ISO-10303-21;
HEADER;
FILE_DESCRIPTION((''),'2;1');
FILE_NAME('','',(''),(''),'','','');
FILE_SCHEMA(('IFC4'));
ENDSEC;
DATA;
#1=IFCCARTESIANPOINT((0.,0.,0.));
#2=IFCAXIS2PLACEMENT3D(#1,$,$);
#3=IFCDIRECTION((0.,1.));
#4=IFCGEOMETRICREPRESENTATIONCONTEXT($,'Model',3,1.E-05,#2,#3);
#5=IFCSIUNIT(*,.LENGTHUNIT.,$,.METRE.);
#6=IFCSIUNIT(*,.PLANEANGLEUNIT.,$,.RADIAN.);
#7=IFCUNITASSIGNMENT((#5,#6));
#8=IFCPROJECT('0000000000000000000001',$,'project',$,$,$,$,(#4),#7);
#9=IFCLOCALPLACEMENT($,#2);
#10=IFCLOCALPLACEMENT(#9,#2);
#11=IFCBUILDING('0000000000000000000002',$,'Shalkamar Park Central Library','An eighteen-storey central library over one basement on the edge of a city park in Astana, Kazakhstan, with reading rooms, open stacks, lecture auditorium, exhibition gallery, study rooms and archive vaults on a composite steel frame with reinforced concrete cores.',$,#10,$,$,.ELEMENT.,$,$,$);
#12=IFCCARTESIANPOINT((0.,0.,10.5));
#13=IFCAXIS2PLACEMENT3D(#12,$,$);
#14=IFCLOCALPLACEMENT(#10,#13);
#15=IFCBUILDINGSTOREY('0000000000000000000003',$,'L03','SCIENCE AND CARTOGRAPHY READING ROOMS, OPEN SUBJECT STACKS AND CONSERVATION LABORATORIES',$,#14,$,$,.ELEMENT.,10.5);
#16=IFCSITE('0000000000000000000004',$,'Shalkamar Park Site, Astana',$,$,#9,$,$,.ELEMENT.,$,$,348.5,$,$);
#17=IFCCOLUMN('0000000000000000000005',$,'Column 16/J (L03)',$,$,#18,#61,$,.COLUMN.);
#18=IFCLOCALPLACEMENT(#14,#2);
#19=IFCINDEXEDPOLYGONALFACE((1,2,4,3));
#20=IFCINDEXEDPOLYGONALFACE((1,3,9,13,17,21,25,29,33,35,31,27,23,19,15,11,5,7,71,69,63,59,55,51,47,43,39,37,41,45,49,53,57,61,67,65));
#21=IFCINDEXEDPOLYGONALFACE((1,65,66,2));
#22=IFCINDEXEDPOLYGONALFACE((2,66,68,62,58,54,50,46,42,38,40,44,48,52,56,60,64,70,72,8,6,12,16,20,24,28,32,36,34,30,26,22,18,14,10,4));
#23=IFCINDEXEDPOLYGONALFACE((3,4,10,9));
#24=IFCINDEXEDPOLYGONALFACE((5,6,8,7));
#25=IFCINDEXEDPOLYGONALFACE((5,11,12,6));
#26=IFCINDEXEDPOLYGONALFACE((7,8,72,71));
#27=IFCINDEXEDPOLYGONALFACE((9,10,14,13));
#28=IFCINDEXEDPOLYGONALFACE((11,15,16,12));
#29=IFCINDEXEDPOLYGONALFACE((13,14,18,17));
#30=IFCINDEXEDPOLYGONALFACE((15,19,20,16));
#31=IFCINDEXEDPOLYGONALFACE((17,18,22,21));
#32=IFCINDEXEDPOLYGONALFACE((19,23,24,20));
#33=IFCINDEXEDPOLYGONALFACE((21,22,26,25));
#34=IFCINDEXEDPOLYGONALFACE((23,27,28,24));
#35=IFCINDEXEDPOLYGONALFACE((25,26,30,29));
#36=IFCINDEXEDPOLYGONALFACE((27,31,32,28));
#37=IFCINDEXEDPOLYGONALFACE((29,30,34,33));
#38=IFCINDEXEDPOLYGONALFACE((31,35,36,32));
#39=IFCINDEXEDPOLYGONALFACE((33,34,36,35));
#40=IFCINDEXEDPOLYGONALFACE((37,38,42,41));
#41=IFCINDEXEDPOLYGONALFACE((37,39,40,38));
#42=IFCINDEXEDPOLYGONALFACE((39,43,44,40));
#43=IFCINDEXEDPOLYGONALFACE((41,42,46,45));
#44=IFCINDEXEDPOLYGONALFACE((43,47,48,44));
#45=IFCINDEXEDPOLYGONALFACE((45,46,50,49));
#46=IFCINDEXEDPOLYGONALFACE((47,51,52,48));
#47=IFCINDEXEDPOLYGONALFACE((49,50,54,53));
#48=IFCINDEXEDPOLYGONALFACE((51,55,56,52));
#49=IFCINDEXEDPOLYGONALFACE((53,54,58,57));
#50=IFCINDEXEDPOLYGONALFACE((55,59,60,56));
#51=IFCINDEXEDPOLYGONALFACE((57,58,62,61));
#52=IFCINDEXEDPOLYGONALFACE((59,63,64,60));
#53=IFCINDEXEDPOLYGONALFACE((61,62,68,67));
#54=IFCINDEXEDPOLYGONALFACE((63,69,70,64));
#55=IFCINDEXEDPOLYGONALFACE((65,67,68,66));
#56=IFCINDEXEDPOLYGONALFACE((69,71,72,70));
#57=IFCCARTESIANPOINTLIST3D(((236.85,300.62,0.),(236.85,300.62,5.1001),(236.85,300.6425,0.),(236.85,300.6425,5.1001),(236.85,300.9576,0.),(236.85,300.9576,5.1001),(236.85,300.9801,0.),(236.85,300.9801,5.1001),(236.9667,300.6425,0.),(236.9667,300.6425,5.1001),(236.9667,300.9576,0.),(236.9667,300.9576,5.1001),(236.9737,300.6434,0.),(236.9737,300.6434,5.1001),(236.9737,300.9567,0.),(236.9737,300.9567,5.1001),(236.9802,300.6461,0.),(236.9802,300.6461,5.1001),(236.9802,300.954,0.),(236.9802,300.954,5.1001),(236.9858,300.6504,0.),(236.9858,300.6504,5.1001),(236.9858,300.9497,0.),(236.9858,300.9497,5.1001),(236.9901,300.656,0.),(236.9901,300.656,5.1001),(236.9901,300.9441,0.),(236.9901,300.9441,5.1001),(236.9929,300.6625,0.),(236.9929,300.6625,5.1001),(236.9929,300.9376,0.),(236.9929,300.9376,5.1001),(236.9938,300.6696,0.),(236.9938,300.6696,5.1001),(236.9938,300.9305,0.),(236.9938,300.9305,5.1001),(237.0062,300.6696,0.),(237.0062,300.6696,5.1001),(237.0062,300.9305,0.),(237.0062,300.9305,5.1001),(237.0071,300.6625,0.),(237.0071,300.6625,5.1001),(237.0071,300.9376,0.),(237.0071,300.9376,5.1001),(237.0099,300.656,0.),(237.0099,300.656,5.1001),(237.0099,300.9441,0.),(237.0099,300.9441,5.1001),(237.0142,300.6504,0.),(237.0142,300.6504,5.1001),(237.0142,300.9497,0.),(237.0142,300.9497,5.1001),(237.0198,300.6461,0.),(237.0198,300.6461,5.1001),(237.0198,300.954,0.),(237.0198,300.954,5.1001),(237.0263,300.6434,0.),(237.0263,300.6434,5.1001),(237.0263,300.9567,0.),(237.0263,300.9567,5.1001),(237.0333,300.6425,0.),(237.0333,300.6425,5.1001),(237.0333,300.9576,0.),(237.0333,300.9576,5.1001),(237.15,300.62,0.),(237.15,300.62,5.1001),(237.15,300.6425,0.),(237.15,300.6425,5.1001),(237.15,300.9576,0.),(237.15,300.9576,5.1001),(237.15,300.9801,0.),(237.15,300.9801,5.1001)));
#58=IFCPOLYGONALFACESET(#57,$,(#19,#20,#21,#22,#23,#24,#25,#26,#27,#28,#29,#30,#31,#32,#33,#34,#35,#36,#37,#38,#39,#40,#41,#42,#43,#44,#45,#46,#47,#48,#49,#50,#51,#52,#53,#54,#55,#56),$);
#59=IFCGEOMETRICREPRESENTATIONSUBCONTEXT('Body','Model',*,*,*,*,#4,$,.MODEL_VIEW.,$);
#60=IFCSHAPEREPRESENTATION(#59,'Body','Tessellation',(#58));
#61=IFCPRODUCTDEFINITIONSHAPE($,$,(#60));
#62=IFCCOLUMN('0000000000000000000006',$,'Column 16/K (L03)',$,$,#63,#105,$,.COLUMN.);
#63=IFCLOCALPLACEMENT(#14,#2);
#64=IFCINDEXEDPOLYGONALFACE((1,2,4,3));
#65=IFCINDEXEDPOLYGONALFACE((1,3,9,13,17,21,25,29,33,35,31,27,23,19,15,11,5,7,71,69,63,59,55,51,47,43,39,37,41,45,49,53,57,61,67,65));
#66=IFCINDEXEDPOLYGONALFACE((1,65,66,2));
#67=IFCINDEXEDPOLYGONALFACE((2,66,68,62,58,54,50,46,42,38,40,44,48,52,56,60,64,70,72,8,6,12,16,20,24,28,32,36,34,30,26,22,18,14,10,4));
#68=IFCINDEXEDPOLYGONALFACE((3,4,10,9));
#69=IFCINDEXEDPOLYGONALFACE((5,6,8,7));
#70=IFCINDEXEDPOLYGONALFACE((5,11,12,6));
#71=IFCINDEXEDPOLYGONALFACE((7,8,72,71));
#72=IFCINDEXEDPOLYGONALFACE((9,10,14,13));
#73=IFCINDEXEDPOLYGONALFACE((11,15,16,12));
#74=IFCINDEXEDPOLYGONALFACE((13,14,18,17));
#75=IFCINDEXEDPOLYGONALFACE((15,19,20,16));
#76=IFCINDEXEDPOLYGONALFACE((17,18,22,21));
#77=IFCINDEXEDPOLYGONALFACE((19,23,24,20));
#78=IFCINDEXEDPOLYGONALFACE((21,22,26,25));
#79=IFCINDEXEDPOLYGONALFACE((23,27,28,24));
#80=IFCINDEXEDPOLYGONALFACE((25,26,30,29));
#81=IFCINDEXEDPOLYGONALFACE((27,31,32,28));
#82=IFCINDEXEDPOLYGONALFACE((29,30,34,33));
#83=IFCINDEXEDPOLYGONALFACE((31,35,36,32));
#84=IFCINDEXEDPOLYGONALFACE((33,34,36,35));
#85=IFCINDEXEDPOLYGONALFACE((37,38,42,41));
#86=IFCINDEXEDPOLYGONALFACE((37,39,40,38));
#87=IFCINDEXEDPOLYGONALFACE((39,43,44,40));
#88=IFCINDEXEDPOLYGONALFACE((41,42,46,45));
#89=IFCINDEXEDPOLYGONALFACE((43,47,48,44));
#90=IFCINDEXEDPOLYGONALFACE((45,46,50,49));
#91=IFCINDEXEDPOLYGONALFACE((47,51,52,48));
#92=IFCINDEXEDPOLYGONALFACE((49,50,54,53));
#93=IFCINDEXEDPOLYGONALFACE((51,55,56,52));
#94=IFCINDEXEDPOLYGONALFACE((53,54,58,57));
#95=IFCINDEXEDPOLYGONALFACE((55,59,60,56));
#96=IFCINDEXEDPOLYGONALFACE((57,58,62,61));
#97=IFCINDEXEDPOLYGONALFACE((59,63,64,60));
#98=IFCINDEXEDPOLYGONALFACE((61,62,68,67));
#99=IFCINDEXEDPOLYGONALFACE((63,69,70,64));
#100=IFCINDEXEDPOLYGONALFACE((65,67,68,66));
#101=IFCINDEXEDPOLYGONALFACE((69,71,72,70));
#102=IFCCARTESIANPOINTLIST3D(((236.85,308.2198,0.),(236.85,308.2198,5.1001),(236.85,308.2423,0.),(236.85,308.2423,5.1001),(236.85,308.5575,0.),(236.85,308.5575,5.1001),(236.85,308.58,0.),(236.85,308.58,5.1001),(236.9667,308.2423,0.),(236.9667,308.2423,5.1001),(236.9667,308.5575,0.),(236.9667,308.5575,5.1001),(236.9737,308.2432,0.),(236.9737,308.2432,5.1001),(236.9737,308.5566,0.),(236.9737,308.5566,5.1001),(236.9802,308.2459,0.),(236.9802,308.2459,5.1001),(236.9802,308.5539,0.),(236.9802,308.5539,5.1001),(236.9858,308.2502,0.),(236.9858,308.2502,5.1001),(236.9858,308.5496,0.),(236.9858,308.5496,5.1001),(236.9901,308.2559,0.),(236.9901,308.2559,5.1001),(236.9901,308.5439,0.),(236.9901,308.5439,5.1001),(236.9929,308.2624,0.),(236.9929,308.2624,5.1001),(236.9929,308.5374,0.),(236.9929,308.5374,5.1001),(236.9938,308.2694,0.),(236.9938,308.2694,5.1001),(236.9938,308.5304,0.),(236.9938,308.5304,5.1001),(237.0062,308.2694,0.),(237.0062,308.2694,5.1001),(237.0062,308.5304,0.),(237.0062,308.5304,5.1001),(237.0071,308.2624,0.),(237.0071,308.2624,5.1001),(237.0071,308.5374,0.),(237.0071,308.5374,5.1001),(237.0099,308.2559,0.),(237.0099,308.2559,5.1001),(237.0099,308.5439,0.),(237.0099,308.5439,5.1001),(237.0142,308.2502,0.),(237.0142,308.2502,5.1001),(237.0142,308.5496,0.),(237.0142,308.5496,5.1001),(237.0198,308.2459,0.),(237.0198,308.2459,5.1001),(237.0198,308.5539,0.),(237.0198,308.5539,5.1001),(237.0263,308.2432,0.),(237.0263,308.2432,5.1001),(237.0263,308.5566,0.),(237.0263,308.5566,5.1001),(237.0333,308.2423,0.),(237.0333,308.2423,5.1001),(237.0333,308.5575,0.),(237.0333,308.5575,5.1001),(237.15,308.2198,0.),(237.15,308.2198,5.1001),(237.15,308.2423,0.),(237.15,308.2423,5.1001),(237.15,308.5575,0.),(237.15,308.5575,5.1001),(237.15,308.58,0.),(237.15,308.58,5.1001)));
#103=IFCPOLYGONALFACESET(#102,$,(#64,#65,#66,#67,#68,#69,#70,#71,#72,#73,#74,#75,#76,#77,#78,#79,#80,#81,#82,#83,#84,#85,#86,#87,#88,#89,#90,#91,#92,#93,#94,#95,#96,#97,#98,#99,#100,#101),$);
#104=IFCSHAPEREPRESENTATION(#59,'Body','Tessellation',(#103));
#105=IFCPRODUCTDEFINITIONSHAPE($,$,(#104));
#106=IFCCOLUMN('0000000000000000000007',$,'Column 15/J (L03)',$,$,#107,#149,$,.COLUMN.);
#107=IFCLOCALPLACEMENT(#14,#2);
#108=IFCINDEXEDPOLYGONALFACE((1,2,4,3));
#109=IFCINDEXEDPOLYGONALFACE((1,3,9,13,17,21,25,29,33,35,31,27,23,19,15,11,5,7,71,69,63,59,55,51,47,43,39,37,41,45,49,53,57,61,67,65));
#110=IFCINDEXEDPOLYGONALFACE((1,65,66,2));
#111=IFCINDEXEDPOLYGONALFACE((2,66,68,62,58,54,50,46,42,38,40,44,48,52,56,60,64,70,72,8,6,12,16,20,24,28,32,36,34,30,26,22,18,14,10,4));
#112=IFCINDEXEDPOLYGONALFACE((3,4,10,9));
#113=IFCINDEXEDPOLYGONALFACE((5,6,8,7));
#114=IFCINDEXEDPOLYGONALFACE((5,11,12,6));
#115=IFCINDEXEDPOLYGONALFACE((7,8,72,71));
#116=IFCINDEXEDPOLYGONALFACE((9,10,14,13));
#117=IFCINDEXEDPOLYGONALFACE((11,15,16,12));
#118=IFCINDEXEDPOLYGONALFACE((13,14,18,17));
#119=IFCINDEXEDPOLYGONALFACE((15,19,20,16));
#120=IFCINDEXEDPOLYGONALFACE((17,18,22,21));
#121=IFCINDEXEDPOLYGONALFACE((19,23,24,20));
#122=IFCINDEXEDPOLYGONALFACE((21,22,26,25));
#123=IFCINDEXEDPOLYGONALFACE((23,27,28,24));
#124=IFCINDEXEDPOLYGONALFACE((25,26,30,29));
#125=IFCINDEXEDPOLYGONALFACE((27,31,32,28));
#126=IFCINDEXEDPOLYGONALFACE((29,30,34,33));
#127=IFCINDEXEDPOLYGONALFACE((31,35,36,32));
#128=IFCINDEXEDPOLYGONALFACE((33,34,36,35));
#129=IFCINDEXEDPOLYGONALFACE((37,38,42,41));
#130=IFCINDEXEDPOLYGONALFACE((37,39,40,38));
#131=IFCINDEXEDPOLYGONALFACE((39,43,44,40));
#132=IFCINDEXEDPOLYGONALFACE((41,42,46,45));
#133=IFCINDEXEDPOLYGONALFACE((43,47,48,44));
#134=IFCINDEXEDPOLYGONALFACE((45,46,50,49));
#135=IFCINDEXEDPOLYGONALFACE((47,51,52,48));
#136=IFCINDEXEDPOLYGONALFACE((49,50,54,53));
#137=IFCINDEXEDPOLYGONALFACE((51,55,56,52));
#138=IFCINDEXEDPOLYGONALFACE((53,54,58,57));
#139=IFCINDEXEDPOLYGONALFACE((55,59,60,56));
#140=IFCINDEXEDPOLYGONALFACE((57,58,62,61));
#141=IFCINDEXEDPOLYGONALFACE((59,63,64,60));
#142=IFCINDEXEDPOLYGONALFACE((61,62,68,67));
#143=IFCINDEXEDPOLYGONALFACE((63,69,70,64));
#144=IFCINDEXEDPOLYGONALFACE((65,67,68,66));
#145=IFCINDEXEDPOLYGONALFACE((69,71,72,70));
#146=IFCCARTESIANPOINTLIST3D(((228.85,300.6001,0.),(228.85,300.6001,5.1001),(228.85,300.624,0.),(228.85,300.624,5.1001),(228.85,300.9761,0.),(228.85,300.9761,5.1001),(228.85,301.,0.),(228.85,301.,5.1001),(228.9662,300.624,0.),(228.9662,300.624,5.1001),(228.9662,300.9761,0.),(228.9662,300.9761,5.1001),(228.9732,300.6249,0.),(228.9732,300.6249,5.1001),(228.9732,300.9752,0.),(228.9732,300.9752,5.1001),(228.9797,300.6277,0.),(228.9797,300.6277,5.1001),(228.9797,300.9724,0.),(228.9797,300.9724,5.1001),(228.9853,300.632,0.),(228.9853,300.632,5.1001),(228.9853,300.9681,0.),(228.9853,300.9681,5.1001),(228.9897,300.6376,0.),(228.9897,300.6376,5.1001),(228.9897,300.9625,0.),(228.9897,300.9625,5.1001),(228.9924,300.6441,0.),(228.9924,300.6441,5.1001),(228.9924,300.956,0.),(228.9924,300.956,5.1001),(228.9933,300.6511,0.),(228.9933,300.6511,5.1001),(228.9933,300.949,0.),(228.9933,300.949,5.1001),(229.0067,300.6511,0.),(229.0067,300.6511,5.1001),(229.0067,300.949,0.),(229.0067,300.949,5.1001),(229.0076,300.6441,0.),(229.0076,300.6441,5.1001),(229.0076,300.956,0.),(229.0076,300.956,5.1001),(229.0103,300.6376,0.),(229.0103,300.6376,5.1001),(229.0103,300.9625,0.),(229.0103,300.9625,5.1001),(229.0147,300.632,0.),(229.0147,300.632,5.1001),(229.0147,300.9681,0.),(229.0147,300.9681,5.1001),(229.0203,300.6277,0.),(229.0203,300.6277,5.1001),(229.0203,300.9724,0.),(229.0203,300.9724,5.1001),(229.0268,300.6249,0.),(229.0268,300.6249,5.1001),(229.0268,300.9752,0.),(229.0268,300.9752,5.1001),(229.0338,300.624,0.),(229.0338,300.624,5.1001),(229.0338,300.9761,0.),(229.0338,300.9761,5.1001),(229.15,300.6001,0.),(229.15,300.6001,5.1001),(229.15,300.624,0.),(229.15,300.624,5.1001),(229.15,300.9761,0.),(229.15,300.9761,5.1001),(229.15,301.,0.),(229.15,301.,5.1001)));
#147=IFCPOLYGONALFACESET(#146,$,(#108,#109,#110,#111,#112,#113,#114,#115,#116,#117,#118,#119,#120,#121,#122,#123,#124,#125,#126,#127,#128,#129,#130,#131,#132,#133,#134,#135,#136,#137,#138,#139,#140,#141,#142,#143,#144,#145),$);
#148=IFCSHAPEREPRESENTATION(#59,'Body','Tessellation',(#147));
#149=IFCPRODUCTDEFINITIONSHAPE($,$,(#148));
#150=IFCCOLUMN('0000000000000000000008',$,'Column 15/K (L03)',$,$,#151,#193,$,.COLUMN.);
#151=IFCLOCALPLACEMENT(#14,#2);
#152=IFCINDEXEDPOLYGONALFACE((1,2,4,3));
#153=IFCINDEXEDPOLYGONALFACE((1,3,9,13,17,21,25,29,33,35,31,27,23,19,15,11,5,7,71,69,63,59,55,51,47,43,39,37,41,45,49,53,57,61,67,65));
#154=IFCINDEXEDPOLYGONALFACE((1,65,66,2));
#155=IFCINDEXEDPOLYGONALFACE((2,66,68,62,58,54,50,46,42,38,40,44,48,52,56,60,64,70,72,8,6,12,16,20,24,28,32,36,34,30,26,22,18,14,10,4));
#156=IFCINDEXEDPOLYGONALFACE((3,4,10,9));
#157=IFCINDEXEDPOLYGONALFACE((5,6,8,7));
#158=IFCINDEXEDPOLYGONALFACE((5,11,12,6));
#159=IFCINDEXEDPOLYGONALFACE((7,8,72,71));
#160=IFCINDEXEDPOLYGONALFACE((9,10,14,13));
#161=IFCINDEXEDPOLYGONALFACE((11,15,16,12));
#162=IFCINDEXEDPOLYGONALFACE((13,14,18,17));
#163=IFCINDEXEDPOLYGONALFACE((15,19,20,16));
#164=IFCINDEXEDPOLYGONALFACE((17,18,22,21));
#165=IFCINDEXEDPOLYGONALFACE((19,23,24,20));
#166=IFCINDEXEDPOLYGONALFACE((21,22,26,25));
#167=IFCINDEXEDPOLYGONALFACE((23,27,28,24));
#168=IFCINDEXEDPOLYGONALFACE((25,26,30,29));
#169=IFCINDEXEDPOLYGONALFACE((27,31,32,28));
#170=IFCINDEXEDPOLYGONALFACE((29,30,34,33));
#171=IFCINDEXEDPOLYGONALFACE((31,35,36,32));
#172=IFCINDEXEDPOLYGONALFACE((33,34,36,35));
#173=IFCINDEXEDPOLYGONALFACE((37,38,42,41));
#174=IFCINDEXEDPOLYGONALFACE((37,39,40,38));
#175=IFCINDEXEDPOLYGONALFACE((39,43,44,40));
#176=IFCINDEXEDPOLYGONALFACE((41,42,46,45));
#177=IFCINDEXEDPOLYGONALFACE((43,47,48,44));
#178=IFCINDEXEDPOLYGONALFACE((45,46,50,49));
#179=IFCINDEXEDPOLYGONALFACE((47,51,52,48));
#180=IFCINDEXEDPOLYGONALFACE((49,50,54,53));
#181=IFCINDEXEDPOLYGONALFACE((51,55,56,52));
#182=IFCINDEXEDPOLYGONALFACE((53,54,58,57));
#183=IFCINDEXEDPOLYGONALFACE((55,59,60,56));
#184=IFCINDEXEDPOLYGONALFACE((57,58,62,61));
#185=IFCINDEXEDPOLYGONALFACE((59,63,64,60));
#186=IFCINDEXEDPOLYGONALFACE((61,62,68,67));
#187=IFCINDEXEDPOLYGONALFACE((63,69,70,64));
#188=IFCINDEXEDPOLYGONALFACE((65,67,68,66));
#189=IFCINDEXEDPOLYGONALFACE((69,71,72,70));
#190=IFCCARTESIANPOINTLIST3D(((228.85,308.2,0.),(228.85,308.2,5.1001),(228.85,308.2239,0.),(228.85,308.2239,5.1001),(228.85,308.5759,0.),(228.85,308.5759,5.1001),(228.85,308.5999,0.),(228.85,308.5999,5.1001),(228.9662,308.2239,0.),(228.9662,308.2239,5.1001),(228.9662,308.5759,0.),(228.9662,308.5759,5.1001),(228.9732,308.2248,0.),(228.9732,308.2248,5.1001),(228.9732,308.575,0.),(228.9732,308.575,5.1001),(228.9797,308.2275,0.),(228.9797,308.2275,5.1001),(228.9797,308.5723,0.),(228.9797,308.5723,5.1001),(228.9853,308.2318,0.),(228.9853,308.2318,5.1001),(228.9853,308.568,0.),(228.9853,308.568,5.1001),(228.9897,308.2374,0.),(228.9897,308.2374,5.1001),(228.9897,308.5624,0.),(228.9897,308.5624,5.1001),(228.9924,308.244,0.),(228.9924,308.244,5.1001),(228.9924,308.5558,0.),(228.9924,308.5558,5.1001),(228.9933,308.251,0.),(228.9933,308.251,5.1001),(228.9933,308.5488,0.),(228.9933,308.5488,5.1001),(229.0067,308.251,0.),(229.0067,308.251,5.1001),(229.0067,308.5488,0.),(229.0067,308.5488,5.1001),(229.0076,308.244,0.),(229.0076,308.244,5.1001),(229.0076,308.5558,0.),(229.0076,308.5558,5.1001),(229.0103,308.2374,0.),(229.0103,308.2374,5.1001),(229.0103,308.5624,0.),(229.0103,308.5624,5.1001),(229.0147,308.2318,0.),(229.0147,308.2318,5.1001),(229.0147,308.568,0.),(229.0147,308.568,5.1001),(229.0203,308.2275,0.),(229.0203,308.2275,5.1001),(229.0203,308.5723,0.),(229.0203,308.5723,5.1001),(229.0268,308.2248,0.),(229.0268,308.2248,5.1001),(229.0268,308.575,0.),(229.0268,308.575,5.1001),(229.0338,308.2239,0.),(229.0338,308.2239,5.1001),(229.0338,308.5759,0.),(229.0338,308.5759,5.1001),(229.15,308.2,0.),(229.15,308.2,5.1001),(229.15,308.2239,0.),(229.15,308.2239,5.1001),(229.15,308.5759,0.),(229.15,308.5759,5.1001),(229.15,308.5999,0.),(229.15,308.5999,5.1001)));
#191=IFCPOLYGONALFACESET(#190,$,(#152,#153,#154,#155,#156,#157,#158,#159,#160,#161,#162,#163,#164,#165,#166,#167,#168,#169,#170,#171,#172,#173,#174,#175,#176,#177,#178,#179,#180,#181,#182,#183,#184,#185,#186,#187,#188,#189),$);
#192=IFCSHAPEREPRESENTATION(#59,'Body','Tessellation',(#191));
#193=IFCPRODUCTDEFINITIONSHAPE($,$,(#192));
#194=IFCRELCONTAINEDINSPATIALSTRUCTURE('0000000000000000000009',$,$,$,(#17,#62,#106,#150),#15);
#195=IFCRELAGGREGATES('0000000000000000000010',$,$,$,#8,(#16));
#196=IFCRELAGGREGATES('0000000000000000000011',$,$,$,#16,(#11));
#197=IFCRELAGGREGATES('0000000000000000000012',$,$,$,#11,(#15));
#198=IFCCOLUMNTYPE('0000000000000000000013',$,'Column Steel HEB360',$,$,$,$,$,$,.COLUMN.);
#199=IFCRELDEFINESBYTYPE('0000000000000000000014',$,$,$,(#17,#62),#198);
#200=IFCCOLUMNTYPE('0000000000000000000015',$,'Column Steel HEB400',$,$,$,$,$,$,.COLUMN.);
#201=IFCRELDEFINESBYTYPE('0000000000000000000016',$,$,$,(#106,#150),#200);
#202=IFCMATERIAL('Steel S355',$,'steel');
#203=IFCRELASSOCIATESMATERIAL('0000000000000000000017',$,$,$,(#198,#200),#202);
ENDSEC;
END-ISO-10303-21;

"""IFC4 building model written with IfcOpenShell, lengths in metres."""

from ifc_helpers import new_model, si_unit, direction, frame, origin, origin_2d, place, context, subcontext, project, spatial, i_section, extrude, material, material_profile, profile_set, type_object, element, save


model = new_model("IFC4")

# Units and contexts
model_context = context("Model", 3, precision=1e-05, world=origin(), true_north=direction((0.0, 1.0)))
body_context = subcontext(model_context, "Body", "Model", "MODEL_VIEW")
ifc_project = project(units=[si_unit("LENGTHUNIT", "METRE"), si_unit("PLANEANGLEUNIT", "RADIAN")], contexts=[model_context])

# Site, building, storey
site_placement = place(None, origin())
site = spatial("IfcSite", under=ifc_project, at=site_placement, Name="Shalkamar Park Site, Astana", CompositionType="ELEMENT", RefElevation=348.5)
building_placement = place(site_placement, origin())
building = spatial("IfcBuilding", under=site, at=building_placement, Name="Shalkamar Park Central Library", Description="An eighteen-storey central library over one basement on the edge of a city park in Astana, Kazakhstan, with reading rooms, open stacks, lecture auditorium, exhibition gallery, study rooms and archive vaults on a composite steel frame with reinforced concrete cores.", CompositionType="ELEMENT")
storey_placement = place(building_placement, frame((0.0, 0.0, 10.5)))
storey = spatial("IfcBuildingStorey", under=building, at=storey_placement, Name="L03", Description="SCIENCE AND CARTOGRAPHY READING ROOMS, OPEN SUBJECT STACKS AND CONSERVATION LABORATORIES", CompositionType="ELEMENT", Elevation=10.5)

# Columns
ifc_material = material(Name="Steel S355", Category="steel")
ifc_material_profile_1 = material_profile(ifc_material, i_section(OverallWidth=0.3, OverallDepth=0.3601, WebThickness=0.0125, FlangeThickness=0.0225, FilletRadius=0.0271, at=origin_2d()), Name="HEB 360")
ifc_profile_set_1 = profile_set([ifc_material_profile_1], Name="Steel S355")
column_type_1 = type_object("IfcColumnType", Name="Column Steel HEB360", PredefinedType="COLUMN", material=ifc_profile_set_1)
for number, where, z_axis, x_axis, name in (
    (1, (237.0, 300.8, 0.0), (0.0, 0.0, 1.0), (1.0, 0.0, 0.0), "Column 16/J (L03)"),
    (2, (237.0, 308.3999, 0.0), (0.0, 0.0, 1.0), (1.0, 0.0, 0.0), "Column 16/K (L03)"),
):
    element("IfcColumn", number, at=place(storey_placement, frame(where, z_axis=z_axis, x_axis=x_axis)), inside=storey, type_object=column_type_1, Name=name, PredefinedType="COLUMN", context=body_context, shape_type="SweptSolid", body=[
        extrude(i_section(OverallWidth=0.3, OverallDepth=0.3601, WebThickness=0.0125, FlangeThickness=0.0225, FilletRadius=0.0271, at=origin_2d()), origin(), (0.0, 0.0, 1.0), 5.1001),
    ])
ifc_material_profile_2 = material_profile(ifc_material, i_section(OverallWidth=0.3, OverallDepth=0.3999, WebThickness=0.0134, FlangeThickness=0.0239, FilletRadius=0.0271, at=origin_2d()), Name="HEB 400")
ifc_profile_set_2 = profile_set([ifc_material_profile_2], Name="Steel S355")
column_type_2 = type_object("IfcColumnType", Name="Column Steel HEB400", PredefinedType="COLUMN", material=ifc_profile_set_2)
for number, where, z_axis, x_axis, name in (
    (3, (229.0, 300.8, 0.0), (0.0, 0.0, 1.0), (1.0, 0.0, 0.0), "Column 15/J (L03)"),
    (4, (229.0, 308.3999, 0.0), (0.0, 0.0, 1.0), (1.0, 0.0, 0.0), "Column 15/K (L03)"),
):
    element("IfcColumn", number, at=place(storey_placement, frame(where, z_axis=z_axis, x_axis=x_axis)), inside=storey, type_object=column_type_2, Name=name, PredefinedType="COLUMN", context=body_context, shape_type="SweptSolid", body=[
        extrude(i_section(OverallWidth=0.3, OverallDepth=0.3999, WebThickness=0.0134, FlangeThickness=0.0239, FilletRadius=0.0271, at=origin_2d()), origin(), (0.0, 0.0, 1.0), 5.1001),
    ])

save(model, "model.ifc")
